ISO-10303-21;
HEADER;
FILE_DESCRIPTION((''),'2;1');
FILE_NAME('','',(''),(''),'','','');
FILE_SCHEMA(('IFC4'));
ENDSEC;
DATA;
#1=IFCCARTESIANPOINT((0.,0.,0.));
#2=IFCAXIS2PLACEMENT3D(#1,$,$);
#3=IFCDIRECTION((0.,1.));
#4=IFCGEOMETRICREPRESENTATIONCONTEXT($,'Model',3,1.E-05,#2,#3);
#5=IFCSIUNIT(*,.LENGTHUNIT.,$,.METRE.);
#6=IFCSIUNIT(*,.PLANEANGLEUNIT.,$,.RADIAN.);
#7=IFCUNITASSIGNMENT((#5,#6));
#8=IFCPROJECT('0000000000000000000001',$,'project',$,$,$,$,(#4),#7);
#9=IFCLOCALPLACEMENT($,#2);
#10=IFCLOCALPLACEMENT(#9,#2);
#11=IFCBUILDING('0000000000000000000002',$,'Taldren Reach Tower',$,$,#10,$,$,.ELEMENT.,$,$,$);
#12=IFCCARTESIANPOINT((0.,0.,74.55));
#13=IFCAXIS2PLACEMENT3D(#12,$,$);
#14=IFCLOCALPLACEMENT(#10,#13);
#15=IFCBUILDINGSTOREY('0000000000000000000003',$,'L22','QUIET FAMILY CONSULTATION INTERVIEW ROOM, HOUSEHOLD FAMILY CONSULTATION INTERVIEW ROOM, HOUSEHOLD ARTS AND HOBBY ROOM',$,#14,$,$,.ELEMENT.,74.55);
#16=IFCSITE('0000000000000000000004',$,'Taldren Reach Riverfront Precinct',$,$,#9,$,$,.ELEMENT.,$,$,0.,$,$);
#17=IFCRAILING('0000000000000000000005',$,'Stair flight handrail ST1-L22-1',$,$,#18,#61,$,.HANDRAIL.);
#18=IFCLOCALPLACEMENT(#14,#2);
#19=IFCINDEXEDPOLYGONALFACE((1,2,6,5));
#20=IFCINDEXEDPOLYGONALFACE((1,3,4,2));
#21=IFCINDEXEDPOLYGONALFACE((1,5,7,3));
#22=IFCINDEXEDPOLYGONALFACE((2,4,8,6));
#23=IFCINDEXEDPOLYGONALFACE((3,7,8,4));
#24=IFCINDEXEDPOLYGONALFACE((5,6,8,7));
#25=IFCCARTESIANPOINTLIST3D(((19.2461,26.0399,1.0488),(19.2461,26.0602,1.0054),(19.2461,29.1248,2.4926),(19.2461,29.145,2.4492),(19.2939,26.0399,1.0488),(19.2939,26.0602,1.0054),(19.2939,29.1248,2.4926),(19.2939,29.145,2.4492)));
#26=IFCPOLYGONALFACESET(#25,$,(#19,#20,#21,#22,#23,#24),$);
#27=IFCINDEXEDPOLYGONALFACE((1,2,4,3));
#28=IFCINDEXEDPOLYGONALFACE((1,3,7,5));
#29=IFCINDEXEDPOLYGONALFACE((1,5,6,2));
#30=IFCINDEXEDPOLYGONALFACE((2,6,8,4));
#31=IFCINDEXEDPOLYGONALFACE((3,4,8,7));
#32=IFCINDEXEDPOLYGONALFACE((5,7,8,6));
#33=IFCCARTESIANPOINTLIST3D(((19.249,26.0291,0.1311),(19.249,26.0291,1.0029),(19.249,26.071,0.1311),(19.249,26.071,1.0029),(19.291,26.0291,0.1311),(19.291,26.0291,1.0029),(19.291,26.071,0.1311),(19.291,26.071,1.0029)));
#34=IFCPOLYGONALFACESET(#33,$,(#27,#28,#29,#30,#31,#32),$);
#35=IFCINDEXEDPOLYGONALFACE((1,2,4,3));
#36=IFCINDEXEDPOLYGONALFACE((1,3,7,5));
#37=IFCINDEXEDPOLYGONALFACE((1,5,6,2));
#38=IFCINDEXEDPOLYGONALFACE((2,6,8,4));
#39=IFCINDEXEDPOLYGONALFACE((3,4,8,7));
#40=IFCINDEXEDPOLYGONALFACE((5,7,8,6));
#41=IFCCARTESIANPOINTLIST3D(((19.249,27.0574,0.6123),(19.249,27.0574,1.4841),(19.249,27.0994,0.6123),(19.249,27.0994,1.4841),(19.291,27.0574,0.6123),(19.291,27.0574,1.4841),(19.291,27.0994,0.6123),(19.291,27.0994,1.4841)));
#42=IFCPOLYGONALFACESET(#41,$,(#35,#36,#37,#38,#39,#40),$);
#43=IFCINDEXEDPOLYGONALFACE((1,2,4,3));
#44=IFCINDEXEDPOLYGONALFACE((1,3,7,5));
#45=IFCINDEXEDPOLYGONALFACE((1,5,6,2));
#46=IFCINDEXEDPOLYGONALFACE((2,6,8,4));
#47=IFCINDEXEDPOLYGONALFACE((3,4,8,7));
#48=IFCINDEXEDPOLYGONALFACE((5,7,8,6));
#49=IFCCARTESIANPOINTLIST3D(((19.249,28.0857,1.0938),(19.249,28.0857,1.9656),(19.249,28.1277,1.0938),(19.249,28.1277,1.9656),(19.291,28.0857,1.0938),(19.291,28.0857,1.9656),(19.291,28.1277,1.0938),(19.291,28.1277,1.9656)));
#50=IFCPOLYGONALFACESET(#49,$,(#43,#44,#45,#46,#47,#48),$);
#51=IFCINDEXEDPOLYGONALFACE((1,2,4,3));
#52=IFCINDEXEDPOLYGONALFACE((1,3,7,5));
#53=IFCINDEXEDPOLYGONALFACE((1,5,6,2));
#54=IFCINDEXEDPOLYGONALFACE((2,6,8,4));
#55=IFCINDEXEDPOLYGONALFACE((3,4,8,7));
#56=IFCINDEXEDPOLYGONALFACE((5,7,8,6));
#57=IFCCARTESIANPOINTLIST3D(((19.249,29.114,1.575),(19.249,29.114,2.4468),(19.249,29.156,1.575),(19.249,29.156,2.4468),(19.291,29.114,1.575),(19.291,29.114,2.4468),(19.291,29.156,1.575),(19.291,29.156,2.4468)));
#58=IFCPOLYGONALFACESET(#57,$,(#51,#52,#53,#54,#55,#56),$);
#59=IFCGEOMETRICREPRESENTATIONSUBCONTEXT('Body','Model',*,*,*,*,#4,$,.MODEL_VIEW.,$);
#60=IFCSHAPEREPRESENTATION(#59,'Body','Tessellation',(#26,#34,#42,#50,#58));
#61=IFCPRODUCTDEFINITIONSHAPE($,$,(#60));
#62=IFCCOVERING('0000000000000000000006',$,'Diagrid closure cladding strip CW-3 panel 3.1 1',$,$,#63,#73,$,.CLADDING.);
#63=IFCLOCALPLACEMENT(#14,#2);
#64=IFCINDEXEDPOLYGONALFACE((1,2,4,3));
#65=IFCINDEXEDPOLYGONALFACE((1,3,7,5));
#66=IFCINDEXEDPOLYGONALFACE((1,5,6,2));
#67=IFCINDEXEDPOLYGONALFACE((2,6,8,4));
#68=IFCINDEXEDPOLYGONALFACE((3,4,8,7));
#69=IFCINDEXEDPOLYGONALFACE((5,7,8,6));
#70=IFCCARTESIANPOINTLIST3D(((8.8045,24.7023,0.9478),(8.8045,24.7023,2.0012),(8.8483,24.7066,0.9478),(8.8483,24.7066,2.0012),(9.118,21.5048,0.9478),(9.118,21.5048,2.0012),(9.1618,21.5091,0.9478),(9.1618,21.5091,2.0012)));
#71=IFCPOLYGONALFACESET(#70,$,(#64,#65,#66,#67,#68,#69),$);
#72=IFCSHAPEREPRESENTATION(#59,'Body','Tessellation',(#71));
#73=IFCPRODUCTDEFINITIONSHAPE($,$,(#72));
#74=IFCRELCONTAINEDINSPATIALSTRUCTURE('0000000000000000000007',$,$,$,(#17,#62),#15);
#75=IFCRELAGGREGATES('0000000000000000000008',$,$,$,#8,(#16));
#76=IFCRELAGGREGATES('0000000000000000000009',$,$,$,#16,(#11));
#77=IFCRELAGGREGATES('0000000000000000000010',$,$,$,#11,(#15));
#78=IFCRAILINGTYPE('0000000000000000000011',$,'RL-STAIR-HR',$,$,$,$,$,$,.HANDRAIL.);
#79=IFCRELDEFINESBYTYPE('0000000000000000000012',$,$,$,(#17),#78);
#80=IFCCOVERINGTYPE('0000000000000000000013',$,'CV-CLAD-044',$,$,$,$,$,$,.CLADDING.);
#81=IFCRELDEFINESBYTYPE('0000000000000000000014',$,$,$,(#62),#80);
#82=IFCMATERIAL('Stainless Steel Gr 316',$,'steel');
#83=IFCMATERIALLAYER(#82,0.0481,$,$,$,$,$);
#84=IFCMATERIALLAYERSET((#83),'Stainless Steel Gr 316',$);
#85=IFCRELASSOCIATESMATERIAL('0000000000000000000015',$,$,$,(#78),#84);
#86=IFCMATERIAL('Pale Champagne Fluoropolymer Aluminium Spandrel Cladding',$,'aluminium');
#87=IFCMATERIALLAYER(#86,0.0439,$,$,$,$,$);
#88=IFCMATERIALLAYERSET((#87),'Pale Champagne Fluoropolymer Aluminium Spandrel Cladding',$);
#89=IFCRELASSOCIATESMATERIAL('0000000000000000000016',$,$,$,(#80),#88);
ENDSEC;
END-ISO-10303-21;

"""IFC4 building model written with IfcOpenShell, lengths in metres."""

from ifc_helpers import new_model, si_unit, direction, frame, origin, origin_2d, place, context, subcontext, project, spatial, rectangle, extrude, source, transform, mapped, material, layer, layer_set, type_object, element, save


model = new_model("IFC4")

# Units and contexts
model_context = context("Model", 3, precision=1e-05, world=origin(), true_north=direction((0.0, 1.0)))
body_context = subcontext(model_context, "Body", "Model", "MODEL_VIEW")
ifc_project = project(units=[si_unit("LENGTHUNIT", "METRE"), si_unit("PLANEANGLEUNIT", "RADIAN")], contexts=[model_context])

# Site, building, storey
site_placement = place(None, origin())
site = spatial("IfcSite", under=ifc_project, at=site_placement, Name="Taldren Reach Riverfront Precinct", CompositionType="ELEMENT", RefElevation=0.0)
building_placement = place(site_placement, origin())
building = spatial("IfcBuilding", under=site, at=building_placement, Name="Taldren Reach Tower", CompositionType="ELEMENT")
storey_placement = place(building_placement, frame((0.0, 0.0, 74.55)))
storey = spatial("IfcBuildingStorey", under=building, at=storey_placement, Name="L22", Description="QUIET FAMILY CONSULTATION INTERVIEW ROOM, HOUSEHOLD FAMILY CONSULTATION INTERVIEW ROOM, HOUSEHOLD ARTS AND HOBBY ROOM", CompositionType="ELEMENT", Elevation=74.55)

# Railing
ifc_material_1 = material(Name="Stainless Steel Gr 316", Category="steel")
ifc_layer_1 = layer(ifc_material_1, 0.0481)
ifc_layer_set_1 = layer_set([ifc_layer_1], Name="Stainless Steel Gr 316")
railing_type_1 = type_object("IfcRailingType", Name="RL-STAIR-HR", PredefinedType="HANDRAIL", material=ifc_layer_set_1)
railing_1_placement = place(storey_placement, frame((19.27, 26.05, 0.1311)))
element("IfcRailing", 1, at=railing_1_placement, inside=storey, type_object=railing_type_1, Name="Stair flight handrail ST1-L22-1", PredefinedType="HANDRAIL", context=body_context, shape_type="SweptSolid", body=[
    extrude(rectangle(XDim=0.0479, YDim=0.0479, at=origin_2d()), frame((0.0, 0.0, 0.896), z_axis=(0.0, 0.90571, 0.423898), x_axis=(-1.0, 0.0, 0.0)), (0.0, 0.0, 1.0), 3.406),
    extrude(rectangle(XDim=0.042, YDim=0.042, at=origin_2d()), origin(), (0.0, 0.0, 1.0), 0.8718),
    extrude(rectangle(XDim=0.042, YDim=0.042, at=origin_2d()), frame((0.0, 1.0283, 0.4812)), (0.0, 0.0, 1.0), 0.8718),
    extrude(rectangle(XDim=0.042, YDim=0.042, at=origin_2d()), frame((0.0, 2.0566, 0.9626)), (0.0, 0.0, 1.0), 0.8718),
    extrude(rectangle(XDim=0.042, YDim=0.042, at=origin_2d()), frame((0.0, 3.085, 1.4438)), (0.0, 0.0, 1.0), 0.8718),
])

# Covering
ifc_material_2 = material(Name="Pale Champagne Fluoropolymer Aluminium Spandrel Cladding", Category="aluminium")
ifc_layer_2 = layer(ifc_material_2, 0.0439)
ifc_layer_set_2 = layer_set([ifc_layer_2], Name="Pale Champagne Fluoropolymer Aluminium Spandrel Cladding")
covering_type = type_object("IfcCoveringType", Name="CV-CLAD-044", PredefinedType="CLADDING", material=ifc_layer_set_2)
shared_shape_1 = source(origin(), body_context, "Body", "SweptSolid", [
    extrude(rectangle(XDim=3.2129, YDim=0.0439, at=origin_2d()), origin(), (0.0, 0.0, 1.0), 1.0535),
])
covering_placement = place(storey_placement, frame((8.9832, 23.1057, 0.9478), z_axis=(0.0, 0.0, 1.0), x_axis=(0.097583, -0.995227, 0.0)))
element("IfcCovering", 2, at=covering_placement, inside=storey, type_object=covering_type, Name="Diagrid closure cladding strip CW-3 panel 3.1 1", PredefinedType="CLADDING", context=body_context, shape_type="MappedRepresentation", body=[
    mapped(shared_shape_1, transform((0.0, 0.0, 0.0), scale=1.0)),
])

save(model, "model.ifc")
